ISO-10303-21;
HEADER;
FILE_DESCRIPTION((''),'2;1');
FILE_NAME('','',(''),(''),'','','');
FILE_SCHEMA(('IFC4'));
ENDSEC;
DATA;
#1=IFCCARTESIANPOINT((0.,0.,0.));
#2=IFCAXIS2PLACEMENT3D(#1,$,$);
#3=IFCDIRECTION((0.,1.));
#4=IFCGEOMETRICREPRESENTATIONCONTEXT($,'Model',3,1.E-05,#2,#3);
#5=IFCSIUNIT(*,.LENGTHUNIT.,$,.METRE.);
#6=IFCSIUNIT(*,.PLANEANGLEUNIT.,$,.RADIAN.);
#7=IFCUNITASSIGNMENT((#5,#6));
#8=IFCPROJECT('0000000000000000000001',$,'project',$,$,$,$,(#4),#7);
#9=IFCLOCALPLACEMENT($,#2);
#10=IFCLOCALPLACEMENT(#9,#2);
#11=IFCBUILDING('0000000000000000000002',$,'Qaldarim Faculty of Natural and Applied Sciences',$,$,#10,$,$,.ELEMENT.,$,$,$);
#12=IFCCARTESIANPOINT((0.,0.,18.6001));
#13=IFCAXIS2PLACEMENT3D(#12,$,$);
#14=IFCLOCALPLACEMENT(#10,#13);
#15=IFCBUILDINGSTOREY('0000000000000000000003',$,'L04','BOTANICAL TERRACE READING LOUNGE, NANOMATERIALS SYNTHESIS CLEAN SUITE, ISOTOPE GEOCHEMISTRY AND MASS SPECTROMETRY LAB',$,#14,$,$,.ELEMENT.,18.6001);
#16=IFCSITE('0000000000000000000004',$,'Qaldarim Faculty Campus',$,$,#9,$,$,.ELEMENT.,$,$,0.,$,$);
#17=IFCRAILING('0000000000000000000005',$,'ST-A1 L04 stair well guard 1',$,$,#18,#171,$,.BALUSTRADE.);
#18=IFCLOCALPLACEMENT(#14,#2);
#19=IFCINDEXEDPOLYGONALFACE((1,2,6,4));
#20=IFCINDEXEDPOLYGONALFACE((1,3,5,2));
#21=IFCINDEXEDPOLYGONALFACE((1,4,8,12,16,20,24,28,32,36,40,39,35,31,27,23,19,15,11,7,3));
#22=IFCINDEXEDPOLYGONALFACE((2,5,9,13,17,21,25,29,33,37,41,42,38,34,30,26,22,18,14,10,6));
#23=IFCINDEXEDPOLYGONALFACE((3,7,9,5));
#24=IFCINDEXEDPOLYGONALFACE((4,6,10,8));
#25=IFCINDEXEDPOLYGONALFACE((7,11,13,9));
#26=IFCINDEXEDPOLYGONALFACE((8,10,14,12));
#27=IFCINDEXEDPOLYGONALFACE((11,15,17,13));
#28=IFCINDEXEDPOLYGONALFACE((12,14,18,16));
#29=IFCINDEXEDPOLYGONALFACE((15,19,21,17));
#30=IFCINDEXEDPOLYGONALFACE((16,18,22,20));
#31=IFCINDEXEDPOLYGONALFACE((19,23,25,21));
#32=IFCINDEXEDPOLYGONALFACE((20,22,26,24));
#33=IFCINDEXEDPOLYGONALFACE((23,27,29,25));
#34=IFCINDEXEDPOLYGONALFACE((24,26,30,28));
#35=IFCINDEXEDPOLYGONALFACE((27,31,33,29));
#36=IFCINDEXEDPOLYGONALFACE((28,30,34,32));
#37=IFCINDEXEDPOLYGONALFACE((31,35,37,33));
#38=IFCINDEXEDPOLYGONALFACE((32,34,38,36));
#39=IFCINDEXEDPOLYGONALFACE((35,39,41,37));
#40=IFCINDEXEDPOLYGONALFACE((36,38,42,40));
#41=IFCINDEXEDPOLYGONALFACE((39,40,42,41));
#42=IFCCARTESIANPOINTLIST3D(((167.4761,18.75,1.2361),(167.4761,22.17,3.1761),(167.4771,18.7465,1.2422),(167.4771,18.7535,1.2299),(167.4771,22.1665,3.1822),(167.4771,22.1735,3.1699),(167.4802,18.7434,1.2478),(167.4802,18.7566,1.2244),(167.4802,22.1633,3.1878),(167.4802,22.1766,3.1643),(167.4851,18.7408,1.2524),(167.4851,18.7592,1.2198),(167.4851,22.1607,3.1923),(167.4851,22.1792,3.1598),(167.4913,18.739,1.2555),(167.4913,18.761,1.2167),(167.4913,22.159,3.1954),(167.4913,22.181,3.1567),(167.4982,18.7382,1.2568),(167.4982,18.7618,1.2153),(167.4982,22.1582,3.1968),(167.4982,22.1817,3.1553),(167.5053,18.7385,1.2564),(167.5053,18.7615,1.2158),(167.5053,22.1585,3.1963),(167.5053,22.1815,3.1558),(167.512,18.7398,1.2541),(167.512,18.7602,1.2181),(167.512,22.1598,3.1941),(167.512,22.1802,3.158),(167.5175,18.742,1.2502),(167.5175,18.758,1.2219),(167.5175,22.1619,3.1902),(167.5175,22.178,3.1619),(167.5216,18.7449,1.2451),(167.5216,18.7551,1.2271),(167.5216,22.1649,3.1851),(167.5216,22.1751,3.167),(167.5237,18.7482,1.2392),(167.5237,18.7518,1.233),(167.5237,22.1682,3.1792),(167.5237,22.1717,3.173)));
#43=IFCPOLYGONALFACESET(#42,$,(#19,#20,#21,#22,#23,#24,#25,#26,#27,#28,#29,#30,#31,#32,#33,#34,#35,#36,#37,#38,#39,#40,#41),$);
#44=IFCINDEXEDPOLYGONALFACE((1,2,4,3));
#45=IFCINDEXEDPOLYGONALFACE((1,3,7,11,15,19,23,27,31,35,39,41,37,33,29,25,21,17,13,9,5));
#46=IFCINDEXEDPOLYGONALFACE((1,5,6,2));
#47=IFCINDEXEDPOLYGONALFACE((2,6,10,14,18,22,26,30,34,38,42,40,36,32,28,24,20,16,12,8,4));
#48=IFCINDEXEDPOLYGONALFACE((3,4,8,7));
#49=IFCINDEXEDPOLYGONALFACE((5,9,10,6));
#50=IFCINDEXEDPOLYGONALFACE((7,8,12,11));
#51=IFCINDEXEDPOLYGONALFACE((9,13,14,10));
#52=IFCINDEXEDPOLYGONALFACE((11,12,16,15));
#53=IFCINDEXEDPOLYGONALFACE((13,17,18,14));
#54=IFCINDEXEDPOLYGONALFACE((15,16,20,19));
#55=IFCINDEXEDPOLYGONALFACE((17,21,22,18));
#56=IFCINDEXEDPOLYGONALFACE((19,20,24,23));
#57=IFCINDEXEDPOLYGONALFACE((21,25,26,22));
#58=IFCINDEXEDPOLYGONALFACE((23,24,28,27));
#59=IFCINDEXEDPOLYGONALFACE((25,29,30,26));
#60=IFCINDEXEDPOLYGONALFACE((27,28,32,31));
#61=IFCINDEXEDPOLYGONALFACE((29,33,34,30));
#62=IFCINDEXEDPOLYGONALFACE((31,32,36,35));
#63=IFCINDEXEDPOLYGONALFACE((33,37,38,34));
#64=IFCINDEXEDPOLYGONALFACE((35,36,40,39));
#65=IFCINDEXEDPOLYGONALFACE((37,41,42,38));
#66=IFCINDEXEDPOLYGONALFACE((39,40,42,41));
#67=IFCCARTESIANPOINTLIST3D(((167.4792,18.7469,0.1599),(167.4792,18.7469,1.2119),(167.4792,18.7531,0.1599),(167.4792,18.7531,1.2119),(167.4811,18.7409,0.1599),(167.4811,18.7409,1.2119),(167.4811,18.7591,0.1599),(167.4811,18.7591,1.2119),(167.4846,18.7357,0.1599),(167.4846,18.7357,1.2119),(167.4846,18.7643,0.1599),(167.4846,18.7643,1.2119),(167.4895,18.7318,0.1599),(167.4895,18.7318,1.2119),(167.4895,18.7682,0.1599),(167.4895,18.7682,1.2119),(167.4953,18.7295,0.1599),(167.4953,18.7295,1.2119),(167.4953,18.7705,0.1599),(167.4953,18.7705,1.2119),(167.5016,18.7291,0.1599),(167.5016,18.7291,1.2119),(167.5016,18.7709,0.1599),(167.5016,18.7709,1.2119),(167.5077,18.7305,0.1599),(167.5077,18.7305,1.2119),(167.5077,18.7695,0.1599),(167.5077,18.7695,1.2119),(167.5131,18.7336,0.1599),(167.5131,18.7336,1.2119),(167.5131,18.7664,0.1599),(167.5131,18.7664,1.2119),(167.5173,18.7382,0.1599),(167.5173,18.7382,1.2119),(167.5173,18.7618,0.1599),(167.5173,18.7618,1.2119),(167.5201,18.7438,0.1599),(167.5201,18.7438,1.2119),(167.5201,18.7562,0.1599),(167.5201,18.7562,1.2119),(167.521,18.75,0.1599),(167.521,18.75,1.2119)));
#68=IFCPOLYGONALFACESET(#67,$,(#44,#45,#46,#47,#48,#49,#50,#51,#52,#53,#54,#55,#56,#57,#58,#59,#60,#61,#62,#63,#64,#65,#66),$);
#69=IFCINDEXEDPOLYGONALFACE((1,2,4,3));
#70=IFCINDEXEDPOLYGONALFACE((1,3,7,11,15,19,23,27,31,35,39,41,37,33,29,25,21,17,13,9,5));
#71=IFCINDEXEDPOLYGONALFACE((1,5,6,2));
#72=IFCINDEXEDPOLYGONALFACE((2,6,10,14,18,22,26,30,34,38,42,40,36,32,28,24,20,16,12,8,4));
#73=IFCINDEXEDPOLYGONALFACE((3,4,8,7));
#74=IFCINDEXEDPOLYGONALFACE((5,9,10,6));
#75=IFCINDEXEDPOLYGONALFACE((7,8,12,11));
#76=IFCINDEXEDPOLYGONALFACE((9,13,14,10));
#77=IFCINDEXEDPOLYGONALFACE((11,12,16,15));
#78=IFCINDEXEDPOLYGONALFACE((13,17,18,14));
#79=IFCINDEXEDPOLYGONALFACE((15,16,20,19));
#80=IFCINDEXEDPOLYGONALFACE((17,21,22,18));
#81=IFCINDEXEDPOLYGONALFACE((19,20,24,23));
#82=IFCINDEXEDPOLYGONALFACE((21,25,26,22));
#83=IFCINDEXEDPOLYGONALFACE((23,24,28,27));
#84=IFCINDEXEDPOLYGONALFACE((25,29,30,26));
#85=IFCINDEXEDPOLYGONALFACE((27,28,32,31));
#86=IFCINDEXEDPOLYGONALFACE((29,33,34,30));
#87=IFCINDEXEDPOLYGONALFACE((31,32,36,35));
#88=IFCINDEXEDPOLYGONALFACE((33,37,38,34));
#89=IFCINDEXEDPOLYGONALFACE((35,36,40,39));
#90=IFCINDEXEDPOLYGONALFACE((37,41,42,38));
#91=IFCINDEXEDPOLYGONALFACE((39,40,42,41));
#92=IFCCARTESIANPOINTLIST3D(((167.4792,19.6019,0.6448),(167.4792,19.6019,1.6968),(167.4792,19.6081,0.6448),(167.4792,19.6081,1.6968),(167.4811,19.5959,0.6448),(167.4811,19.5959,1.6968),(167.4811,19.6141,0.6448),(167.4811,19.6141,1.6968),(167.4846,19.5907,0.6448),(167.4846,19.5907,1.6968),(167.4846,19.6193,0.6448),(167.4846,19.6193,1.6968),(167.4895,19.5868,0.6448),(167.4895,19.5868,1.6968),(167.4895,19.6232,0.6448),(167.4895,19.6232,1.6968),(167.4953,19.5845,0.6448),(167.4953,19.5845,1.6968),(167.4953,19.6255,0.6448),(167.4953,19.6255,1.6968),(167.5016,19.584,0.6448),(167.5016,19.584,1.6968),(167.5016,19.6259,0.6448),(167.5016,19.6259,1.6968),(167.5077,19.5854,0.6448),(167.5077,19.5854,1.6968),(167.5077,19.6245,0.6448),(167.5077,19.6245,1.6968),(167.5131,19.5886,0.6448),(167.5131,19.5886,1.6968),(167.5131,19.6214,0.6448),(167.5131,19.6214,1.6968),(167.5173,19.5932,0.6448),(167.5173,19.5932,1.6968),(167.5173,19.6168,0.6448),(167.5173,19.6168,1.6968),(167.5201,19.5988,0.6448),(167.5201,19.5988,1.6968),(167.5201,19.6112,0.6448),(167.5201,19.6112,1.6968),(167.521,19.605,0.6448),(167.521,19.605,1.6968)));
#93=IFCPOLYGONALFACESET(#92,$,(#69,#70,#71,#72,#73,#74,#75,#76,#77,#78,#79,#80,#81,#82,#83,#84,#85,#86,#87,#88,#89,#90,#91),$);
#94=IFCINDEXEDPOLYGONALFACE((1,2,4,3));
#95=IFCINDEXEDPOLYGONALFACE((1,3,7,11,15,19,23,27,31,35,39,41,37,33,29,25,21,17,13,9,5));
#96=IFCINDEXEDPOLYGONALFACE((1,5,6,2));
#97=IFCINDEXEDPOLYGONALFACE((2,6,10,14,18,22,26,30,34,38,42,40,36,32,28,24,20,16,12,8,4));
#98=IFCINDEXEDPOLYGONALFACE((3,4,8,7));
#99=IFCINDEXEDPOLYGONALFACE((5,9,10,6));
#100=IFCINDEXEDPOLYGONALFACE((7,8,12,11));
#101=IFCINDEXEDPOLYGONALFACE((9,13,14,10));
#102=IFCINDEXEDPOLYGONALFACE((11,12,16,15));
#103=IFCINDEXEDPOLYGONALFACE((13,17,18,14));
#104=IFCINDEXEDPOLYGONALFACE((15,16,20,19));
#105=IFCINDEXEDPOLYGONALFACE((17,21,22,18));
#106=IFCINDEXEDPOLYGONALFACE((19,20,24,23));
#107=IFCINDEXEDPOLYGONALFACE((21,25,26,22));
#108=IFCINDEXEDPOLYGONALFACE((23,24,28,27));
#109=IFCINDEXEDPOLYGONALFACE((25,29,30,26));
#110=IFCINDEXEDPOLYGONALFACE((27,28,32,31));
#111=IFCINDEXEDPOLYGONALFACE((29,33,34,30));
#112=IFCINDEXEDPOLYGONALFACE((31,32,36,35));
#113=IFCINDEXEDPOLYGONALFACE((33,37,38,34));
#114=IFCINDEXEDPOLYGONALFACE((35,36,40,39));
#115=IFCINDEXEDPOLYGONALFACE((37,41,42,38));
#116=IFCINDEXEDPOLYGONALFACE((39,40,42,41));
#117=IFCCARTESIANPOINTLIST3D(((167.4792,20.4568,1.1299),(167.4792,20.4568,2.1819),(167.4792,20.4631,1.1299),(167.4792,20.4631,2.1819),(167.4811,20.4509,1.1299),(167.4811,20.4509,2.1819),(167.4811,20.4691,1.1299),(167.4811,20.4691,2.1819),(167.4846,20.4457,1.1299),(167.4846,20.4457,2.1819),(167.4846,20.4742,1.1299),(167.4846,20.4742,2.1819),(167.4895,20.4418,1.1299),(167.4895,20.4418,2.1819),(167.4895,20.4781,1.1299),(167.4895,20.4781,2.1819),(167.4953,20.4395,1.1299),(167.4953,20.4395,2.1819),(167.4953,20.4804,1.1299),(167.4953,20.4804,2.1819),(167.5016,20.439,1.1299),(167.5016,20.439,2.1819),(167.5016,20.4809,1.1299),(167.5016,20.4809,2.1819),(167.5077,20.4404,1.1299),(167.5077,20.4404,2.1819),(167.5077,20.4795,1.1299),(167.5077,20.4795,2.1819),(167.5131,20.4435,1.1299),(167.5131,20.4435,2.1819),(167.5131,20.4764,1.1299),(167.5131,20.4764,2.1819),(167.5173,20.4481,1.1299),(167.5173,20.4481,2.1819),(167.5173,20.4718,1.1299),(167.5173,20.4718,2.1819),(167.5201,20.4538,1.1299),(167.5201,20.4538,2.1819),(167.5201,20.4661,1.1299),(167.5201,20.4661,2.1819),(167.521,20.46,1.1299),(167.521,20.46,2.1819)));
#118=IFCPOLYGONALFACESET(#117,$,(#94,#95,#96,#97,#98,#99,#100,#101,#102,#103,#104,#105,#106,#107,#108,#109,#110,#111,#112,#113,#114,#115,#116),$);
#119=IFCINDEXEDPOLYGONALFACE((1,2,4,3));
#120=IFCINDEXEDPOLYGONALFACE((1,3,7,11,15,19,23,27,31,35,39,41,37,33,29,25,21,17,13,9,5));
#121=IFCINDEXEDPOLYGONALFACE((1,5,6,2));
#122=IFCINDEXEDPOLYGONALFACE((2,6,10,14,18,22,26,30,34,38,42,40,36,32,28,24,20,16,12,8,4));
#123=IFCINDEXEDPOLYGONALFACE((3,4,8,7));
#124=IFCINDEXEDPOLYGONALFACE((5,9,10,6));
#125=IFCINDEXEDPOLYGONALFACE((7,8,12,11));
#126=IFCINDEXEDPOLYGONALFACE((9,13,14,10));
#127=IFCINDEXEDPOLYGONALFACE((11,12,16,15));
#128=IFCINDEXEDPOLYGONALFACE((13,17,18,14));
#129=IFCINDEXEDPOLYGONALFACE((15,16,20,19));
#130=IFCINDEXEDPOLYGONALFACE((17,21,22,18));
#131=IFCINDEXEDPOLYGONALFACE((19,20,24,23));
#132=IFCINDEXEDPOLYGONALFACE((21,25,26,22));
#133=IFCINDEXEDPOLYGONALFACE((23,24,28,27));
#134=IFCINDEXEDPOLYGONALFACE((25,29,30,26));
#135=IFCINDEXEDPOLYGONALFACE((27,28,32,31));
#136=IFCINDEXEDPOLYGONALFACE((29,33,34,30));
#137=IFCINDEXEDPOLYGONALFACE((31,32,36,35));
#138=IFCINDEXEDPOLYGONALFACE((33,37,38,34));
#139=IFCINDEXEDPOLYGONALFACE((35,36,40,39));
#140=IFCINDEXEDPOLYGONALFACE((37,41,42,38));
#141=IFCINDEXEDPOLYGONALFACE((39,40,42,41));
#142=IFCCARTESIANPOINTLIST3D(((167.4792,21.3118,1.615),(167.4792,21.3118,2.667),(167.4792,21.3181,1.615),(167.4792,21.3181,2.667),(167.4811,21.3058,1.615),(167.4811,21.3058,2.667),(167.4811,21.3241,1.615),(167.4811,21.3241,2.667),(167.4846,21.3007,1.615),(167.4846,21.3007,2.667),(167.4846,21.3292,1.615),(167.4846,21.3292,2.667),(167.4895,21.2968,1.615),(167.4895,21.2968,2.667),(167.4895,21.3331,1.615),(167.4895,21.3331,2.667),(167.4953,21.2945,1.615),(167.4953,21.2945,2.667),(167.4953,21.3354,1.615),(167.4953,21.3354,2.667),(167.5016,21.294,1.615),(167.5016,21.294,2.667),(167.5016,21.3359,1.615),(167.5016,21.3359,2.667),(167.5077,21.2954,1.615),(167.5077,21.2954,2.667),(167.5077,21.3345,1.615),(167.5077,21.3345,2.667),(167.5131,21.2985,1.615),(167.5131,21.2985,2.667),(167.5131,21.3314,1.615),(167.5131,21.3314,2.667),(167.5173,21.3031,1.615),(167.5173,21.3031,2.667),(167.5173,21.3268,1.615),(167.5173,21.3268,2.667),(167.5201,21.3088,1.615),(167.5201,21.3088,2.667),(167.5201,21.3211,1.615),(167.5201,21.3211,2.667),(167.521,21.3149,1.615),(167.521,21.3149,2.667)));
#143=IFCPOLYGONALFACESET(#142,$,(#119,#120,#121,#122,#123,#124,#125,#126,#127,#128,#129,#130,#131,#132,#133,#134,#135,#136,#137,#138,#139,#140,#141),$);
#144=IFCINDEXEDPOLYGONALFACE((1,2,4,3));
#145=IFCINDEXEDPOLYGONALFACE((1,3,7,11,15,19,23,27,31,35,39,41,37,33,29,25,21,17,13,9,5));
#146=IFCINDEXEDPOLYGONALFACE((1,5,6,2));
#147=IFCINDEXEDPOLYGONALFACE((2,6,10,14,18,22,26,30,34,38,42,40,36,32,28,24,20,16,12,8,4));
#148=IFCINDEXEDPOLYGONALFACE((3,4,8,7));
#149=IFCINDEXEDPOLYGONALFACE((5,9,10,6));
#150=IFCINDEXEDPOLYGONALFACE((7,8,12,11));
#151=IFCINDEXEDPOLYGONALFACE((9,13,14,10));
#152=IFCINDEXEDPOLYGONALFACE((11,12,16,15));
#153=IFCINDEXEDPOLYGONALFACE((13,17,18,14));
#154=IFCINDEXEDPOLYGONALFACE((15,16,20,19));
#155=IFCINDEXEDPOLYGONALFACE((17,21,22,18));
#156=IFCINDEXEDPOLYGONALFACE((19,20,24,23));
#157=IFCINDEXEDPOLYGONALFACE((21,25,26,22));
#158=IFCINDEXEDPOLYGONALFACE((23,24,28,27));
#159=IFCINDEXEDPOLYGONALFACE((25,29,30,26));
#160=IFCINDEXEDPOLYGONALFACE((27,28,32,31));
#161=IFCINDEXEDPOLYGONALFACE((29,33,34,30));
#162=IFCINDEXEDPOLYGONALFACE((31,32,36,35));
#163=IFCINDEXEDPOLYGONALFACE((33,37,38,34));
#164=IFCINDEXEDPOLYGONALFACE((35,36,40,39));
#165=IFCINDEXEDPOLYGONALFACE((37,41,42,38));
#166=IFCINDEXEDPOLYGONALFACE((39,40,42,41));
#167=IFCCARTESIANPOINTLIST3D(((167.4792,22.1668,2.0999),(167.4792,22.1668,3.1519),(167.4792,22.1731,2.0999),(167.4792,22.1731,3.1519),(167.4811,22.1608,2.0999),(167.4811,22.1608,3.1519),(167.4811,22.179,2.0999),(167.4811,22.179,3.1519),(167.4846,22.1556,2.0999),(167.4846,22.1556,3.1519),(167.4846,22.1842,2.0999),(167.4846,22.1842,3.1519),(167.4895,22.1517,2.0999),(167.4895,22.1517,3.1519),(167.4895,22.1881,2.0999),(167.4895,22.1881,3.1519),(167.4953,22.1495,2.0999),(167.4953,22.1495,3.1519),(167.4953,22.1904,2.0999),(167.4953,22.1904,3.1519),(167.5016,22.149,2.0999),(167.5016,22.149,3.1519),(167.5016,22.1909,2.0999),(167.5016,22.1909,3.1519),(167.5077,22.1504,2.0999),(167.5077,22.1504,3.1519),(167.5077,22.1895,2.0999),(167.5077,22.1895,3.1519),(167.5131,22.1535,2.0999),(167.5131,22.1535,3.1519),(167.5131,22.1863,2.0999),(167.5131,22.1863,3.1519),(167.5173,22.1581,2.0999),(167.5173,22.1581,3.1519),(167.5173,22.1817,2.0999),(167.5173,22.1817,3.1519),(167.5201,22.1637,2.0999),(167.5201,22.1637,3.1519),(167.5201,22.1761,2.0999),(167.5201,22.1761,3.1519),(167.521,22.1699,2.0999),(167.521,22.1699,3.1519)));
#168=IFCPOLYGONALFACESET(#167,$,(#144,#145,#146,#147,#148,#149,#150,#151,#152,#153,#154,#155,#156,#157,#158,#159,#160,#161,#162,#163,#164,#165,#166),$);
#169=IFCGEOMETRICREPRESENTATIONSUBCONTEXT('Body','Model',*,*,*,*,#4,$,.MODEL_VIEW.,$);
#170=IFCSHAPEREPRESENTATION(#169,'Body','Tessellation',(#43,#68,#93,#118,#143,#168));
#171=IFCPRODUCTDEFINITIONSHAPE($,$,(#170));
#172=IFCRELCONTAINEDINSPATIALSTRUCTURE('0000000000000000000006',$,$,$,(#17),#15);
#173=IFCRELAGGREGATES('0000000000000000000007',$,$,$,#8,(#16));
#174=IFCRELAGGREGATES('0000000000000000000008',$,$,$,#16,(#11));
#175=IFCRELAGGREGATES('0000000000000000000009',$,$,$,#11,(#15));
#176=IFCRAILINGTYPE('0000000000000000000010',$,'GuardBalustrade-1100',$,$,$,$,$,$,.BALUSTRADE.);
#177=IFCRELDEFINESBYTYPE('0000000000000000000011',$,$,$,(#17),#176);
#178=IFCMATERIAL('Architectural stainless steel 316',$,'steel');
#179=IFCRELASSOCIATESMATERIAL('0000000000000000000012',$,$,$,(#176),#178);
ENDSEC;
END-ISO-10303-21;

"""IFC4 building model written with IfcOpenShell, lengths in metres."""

from ifc_helpers import new_model, si_unit, direction, frame, origin, origin_2d, place, context, subcontext, project, spatial, circle, extrude, material, type_object, element, save


model = new_model("IFC4")

# Units and contexts
model_context = context("Model", 3, precision=1e-05, world=origin(), true_north=direction((0.0, 1.0)))
body_context = subcontext(model_context, "Body", "Model", "MODEL_VIEW")
ifc_project = project(units=[si_unit("LENGTHUNIT", "METRE"), si_unit("PLANEANGLEUNIT", "RADIAN")], contexts=[model_context])

# Site, building, storey
site_placement = place(None, origin())
site = spatial("IfcSite", under=ifc_project, at=site_placement, Name="Qaldarim Faculty Campus", CompositionType="ELEMENT", RefElevation=0.0)
building_placement = place(site_placement, origin())
building = spatial("IfcBuilding", under=site, at=building_placement, Name="Qaldarim Faculty of Natural and Applied Sciences", CompositionType="ELEMENT")
storey_placement = place(building_placement, frame((0.0, 0.0, 18.6001)))
storey = spatial("IfcBuildingStorey", under=building, at=storey_placement, Name="L04", Description="BOTANICAL TERRACE READING LOUNGE, NANOMATERIALS SYNTHESIS CLEAN SUITE, ISOTOPE GEOCHEMISTRY AND MASS SPECTROMETRY LAB", CompositionType="ELEMENT", Elevation=18.6001)

# Shared definitions
ifc_material_1 = material(Name="Architectural stainless steel 316", Category="steel")

# Railing
railing_type_1 = type_object("IfcRailingType", Name="GuardBalustrade-1100", PredefinedType="BALUSTRADE", material=ifc_material_1)
railing_1_placement = place(storey_placement, frame((167.5, 18.75, 0.1599)))
element("IfcRailing", 1, at=railing_1_placement, inside=storey, type_object=railing_type_1, Name="ST-A1 L04 stair well guard 1", PredefinedType="BALUSTRADE", context=body_context, shape_type="SweptSolid", body=[
    extrude(circle(Radius=0.0239, at=origin_2d()), frame((0.0, 0.0, 1.0762), z_axis=(0.0, 0.869805, 0.493395), x_axis=(-1.0, 0.0, 0.0)), (0.0, 0.0, 1.0), 3.9319),
    extrude(circle(Radius=0.021, at=origin_2d()), origin(), (0.0, 0.0, 1.0), 1.052),
    extrude(circle(Radius=0.021, at=origin_2d()), frame((0.0, 0.855, 0.4849)), (0.0, 0.0, 1.0), 1.052),
    extrude(circle(Radius=0.021, at=origin_2d()), frame((0.0, 1.71, 0.97)), (0.0, 0.0, 1.0), 1.052),
    extrude(circle(Radius=0.021, at=origin_2d()), frame((0.0, 2.5649, 1.4551)), (0.0, 0.0, 1.0), 1.052),
    extrude(circle(Radius=0.021, at=origin_2d()), frame((0.0, 3.4199, 1.9399)), (0.0, 0.0, 1.0), 1.052),
])

save(model, "model.ifc")
